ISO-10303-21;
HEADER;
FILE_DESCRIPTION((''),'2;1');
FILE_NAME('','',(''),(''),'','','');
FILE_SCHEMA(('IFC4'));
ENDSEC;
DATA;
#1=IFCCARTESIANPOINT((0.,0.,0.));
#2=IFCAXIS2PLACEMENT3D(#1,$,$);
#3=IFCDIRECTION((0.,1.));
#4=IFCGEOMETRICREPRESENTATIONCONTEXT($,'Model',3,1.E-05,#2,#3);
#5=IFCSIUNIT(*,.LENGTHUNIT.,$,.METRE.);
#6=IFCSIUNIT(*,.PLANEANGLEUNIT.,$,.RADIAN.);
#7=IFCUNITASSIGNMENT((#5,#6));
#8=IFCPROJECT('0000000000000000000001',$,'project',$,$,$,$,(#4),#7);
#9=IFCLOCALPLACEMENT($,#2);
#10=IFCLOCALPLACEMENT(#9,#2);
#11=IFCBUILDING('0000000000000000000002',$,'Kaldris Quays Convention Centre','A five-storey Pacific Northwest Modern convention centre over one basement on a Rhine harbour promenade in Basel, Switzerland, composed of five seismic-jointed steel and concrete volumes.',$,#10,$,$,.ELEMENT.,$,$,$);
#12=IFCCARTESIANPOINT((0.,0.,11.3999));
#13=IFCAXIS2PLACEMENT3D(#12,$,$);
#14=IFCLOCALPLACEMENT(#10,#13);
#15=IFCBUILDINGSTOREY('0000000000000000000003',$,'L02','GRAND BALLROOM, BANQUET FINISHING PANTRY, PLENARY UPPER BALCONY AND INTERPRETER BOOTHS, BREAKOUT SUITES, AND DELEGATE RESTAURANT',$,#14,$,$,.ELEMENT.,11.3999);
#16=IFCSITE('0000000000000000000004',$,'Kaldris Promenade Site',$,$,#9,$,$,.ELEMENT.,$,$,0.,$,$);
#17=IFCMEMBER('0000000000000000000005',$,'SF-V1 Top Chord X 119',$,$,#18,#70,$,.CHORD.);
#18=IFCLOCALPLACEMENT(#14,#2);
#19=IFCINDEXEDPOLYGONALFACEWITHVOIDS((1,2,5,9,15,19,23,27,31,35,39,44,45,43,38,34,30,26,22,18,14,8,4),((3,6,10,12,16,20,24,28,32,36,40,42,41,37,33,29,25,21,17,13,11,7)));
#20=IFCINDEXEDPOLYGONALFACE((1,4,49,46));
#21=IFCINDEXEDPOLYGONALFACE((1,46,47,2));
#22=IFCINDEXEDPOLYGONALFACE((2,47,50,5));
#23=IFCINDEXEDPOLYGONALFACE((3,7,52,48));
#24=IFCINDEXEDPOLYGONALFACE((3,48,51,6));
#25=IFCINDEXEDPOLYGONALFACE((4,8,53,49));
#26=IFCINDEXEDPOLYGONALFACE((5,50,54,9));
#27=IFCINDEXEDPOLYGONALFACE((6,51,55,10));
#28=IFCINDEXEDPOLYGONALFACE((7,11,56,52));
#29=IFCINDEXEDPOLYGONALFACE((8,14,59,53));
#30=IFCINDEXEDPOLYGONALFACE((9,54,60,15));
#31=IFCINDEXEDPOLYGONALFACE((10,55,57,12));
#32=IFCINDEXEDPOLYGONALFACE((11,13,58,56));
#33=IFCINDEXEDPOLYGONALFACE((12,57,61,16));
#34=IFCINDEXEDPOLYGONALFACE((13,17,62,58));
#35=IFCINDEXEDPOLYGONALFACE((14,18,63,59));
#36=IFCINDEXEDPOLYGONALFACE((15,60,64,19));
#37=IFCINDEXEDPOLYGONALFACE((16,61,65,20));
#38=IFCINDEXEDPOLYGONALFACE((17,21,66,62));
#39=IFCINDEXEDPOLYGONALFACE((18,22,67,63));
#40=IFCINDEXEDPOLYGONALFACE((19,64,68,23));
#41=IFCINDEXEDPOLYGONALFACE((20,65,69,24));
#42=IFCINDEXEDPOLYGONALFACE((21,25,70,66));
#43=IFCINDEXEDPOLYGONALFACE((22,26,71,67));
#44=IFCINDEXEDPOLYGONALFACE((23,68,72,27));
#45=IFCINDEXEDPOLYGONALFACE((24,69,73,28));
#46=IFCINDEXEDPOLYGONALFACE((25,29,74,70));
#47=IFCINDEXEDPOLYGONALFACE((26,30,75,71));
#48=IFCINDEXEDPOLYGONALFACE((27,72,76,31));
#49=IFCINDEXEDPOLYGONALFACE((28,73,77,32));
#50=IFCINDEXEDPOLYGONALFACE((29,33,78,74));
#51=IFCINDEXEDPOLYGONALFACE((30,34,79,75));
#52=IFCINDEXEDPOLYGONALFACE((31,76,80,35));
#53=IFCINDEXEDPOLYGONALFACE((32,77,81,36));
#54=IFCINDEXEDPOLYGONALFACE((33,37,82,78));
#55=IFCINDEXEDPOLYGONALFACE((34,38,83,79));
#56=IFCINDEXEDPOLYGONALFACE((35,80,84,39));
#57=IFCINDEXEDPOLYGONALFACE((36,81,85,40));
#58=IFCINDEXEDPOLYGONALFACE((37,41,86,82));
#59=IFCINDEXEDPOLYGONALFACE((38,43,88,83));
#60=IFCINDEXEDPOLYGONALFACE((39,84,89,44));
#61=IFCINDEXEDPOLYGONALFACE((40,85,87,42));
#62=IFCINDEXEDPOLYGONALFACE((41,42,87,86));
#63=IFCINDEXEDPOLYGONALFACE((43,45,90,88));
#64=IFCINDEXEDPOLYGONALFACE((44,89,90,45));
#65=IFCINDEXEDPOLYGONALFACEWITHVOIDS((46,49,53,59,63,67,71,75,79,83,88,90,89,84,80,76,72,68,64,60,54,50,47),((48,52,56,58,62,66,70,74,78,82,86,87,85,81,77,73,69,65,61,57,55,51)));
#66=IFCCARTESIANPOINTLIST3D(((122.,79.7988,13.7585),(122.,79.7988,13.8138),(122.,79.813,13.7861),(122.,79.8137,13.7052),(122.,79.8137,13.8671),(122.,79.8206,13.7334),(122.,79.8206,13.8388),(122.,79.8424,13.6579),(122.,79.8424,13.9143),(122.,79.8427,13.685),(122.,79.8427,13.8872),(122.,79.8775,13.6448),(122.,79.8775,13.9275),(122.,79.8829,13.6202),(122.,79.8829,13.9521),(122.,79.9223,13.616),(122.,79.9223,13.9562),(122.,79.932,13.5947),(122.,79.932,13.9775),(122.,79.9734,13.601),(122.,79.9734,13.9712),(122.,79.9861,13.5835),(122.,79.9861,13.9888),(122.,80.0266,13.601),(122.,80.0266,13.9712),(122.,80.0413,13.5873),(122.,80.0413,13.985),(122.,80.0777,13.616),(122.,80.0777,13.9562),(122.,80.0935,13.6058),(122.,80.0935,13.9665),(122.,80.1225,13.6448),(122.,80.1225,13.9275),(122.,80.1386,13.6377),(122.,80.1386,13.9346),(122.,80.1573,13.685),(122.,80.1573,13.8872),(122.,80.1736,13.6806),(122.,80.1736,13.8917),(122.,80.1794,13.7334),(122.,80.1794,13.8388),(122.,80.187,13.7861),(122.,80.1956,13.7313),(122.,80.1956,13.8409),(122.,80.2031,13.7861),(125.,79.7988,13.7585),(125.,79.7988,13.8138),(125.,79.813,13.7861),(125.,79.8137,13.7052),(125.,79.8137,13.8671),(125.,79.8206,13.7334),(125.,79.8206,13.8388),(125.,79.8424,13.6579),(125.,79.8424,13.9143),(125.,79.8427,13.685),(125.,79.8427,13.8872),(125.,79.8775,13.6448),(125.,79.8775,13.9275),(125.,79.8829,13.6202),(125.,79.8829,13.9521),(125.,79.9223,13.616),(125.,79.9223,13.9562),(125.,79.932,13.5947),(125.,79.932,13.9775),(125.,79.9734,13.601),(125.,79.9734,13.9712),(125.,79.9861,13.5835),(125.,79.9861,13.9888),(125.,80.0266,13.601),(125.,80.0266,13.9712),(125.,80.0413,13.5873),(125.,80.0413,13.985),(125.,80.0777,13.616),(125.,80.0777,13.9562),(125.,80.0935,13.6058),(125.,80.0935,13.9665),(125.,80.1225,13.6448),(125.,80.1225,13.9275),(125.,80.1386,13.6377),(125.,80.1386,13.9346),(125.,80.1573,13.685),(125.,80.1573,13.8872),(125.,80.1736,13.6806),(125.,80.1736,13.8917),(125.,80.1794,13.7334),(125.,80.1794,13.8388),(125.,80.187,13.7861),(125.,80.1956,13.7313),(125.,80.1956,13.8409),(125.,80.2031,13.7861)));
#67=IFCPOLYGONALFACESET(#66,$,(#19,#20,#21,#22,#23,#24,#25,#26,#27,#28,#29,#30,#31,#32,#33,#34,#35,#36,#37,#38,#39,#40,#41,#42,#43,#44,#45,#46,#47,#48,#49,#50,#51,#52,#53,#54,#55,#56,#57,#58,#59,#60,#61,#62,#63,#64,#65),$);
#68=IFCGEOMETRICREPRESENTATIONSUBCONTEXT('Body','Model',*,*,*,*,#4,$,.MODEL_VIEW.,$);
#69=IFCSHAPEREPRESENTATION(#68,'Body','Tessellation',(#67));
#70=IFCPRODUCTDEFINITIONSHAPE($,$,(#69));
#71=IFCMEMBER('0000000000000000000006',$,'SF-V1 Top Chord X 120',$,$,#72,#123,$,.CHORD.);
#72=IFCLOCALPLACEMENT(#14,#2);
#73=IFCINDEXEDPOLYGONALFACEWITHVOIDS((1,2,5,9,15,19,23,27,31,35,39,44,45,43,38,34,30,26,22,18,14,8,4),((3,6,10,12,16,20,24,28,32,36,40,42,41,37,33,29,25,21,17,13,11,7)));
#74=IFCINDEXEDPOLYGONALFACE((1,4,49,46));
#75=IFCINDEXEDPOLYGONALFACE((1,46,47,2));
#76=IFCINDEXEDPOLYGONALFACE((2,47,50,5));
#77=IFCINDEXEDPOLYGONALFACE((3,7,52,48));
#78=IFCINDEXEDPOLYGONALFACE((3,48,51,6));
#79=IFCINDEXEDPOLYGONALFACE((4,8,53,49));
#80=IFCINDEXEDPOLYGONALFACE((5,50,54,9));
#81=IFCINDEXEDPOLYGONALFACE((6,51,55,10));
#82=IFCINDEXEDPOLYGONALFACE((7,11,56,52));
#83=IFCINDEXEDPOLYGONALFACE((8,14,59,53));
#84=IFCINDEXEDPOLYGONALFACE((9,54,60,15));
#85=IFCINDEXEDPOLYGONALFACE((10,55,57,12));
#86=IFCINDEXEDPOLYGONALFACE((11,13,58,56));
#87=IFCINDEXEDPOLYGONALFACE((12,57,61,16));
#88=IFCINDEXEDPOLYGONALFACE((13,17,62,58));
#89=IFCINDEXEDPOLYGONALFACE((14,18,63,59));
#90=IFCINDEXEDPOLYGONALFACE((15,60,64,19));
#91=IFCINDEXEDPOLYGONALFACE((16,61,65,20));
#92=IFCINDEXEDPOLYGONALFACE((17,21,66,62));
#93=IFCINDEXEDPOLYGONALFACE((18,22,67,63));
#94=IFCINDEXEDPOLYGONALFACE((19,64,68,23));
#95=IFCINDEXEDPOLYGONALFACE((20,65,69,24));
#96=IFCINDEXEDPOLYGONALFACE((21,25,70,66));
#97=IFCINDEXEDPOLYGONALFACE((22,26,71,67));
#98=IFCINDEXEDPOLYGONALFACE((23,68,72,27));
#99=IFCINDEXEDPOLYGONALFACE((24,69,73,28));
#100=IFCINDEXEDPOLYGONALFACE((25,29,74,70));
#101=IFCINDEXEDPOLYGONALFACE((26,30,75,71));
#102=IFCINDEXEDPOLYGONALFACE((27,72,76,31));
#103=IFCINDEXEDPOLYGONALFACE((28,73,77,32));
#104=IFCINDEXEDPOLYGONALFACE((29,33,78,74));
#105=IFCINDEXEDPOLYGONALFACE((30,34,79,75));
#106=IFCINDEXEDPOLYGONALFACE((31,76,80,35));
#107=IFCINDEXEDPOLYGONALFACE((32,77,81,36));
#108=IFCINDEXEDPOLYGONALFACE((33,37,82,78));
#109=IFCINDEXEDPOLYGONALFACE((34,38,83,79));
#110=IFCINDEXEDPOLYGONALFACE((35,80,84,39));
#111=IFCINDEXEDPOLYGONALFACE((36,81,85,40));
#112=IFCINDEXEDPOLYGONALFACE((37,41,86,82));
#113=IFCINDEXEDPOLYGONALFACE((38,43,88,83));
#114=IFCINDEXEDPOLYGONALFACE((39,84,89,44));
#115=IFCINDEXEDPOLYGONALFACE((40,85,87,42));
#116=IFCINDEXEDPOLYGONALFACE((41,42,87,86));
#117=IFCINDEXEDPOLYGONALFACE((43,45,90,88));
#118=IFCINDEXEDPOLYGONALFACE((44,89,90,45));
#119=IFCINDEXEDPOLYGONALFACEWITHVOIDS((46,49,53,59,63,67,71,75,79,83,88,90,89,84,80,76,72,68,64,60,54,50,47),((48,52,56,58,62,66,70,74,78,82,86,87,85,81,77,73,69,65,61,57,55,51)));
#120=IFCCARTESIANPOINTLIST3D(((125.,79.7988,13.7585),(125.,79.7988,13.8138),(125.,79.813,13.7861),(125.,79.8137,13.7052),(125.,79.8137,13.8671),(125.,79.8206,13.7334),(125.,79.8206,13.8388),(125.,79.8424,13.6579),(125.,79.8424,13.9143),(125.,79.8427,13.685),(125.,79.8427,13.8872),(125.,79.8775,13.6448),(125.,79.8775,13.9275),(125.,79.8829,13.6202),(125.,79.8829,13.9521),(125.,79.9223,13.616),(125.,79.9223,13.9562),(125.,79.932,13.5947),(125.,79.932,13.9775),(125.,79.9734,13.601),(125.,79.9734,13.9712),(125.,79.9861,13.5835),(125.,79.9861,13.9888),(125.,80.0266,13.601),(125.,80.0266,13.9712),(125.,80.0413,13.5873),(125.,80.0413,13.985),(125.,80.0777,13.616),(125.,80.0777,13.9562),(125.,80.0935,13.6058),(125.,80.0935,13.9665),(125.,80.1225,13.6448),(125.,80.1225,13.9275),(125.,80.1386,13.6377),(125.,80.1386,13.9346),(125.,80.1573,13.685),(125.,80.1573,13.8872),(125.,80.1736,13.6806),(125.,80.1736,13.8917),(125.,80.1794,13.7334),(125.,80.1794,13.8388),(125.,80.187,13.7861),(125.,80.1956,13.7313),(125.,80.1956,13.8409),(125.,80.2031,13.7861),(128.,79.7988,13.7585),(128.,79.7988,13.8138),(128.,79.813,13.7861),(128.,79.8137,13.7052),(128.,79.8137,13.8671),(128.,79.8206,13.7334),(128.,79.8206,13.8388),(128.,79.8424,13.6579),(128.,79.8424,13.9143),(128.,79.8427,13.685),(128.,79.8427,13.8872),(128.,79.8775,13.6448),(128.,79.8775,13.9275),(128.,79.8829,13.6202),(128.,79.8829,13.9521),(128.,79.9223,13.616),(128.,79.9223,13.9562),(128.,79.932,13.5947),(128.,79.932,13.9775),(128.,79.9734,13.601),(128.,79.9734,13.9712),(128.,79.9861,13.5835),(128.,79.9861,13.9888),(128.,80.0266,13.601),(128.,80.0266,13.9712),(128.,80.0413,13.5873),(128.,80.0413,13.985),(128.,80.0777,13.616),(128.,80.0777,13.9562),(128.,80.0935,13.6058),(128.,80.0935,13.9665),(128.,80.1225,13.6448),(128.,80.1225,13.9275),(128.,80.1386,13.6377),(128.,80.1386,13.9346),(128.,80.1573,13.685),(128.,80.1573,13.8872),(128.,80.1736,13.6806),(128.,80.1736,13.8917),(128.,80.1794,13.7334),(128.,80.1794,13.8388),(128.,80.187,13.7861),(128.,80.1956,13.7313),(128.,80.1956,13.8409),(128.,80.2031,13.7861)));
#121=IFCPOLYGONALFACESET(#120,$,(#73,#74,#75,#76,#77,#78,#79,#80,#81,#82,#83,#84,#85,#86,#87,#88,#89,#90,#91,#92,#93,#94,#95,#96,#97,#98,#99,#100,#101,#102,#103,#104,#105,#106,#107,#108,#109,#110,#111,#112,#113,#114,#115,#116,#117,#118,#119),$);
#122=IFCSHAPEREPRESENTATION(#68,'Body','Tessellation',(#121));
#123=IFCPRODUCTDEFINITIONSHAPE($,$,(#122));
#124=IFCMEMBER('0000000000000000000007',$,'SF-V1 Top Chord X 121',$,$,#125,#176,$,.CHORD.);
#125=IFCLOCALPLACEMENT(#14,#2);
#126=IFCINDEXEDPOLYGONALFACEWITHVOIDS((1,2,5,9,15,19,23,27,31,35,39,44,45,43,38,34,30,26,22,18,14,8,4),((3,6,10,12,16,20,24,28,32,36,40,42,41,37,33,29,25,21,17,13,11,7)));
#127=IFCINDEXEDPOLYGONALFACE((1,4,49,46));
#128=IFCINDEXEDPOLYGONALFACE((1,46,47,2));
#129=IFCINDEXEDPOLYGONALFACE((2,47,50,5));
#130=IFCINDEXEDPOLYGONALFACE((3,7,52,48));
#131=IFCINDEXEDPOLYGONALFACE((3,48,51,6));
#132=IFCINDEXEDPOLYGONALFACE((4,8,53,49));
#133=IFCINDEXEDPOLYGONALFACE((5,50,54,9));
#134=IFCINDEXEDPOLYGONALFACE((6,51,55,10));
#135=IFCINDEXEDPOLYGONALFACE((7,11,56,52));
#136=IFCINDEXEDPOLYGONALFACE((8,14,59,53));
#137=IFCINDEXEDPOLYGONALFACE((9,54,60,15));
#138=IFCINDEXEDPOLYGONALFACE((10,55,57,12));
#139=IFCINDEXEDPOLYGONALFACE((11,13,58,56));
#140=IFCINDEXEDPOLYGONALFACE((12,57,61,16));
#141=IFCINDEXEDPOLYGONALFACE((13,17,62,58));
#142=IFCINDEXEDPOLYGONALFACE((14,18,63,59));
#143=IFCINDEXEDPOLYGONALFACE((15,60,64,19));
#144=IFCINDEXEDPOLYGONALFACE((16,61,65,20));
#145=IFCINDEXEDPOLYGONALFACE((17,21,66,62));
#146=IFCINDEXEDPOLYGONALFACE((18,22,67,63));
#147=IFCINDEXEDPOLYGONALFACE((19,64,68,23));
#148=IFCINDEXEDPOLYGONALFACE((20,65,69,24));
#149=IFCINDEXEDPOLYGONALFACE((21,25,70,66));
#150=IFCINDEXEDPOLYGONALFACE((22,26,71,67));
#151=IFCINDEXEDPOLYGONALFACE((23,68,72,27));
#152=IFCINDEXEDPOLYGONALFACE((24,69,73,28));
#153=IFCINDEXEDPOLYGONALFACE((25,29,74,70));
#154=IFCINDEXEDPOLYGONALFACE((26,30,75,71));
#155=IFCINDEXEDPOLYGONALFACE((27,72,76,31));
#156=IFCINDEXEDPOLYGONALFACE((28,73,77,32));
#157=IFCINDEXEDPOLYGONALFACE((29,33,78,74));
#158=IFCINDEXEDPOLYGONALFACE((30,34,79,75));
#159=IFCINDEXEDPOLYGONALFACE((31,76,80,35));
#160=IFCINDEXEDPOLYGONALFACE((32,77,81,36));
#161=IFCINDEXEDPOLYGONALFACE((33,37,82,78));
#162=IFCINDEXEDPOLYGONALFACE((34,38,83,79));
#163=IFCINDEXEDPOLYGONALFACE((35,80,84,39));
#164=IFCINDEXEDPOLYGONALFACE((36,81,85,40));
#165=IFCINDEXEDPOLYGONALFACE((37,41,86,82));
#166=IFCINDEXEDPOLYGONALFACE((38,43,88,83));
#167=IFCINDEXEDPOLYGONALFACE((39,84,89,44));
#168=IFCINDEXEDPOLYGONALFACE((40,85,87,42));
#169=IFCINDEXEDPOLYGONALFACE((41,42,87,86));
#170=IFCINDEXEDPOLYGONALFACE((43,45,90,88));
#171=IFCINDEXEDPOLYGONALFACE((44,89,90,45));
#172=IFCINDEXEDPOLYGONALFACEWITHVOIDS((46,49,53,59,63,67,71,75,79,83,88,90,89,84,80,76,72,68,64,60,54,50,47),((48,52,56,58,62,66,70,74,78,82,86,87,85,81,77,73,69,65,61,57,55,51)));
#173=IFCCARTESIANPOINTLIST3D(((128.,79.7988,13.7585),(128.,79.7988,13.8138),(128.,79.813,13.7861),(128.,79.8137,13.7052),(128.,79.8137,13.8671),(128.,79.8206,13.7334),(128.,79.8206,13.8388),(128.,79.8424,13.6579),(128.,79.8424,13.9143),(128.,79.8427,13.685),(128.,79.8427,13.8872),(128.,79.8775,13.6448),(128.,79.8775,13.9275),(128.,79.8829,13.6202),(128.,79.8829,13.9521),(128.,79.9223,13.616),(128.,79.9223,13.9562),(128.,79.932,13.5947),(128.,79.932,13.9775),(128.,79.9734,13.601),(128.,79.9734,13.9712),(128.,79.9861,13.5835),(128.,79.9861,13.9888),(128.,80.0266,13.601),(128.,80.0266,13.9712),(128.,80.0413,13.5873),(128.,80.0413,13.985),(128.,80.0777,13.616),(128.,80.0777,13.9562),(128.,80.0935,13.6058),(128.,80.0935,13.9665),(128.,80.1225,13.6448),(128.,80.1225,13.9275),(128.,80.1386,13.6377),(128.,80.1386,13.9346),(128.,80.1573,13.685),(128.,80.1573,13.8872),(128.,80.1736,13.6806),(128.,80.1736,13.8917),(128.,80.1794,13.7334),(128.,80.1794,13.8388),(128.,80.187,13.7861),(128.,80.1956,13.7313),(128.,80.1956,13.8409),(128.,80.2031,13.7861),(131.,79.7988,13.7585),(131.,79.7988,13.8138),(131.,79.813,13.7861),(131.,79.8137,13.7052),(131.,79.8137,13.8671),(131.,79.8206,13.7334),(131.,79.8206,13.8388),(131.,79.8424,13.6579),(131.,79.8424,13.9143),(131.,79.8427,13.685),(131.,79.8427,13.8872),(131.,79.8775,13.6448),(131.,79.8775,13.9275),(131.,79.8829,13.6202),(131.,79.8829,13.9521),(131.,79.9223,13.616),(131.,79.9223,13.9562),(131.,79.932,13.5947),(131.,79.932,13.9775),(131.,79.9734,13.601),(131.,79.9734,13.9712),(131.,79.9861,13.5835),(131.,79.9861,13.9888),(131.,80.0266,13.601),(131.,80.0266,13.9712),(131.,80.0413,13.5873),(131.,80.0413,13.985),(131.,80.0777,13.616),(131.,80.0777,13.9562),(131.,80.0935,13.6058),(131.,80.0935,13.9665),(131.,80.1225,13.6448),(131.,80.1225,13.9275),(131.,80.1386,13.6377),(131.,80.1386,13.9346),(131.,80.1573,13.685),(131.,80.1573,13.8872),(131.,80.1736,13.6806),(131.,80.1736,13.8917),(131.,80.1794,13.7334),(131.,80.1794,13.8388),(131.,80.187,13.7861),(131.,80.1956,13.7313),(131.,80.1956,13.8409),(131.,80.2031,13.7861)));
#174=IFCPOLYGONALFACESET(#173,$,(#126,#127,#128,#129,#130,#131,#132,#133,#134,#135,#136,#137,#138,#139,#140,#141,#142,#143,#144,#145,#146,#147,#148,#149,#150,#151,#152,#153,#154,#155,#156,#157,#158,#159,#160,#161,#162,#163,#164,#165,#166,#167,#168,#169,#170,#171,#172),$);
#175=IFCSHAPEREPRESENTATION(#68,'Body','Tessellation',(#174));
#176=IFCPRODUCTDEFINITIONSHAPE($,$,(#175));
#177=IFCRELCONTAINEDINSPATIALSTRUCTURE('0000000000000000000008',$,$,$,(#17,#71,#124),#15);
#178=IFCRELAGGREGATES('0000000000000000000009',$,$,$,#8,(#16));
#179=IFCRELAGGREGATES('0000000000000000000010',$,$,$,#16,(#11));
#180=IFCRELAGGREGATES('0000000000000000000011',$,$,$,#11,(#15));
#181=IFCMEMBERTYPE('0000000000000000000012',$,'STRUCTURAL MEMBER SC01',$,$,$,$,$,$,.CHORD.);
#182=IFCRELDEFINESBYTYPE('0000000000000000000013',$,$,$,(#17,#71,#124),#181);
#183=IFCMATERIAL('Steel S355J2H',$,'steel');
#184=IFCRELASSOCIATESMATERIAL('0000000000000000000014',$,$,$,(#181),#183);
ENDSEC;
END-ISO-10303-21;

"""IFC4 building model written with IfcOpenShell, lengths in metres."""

from ifc_helpers import new_model, si_unit, direction, frame, origin, origin_2d, place, context, subcontext, project, spatial, hollow_circle, extrude, material, material_profile, profile_set, type_object, element, save


model = new_model("IFC4")

# Units and contexts
model_context = context("Model", 3, precision=1e-05, world=origin(), true_north=direction((0.0, 1.0)))
body_context = subcontext(model_context, "Body", "Model", "MODEL_VIEW")
ifc_project = project(units=[si_unit("LENGTHUNIT", "METRE"), si_unit("PLANEANGLEUNIT", "RADIAN")], contexts=[model_context])

# Site, building, storey
site_placement = place(None, origin())
site = spatial("IfcSite", under=ifc_project, at=site_placement, Name="Kaldris Promenade Site", CompositionType="ELEMENT", RefElevation=0.0)
building_placement = place(site_placement, origin())
building = spatial("IfcBuilding", under=site, at=building_placement, Name="Kaldris Quays Convention Centre", Description="A five-storey Pacific Northwest Modern convention centre over one basement on a Rhine harbour promenade in Basel, Switzerland, composed of five seismic-jointed steel and concrete volumes.", CompositionType="ELEMENT")
storey_placement = place(building_placement, frame((0.0, 0.0, 11.3999)))
storey = spatial("IfcBuildingStorey", under=building, at=storey_placement, Name="L02", Description="GRAND BALLROOM, BANQUET FINISHING PANTRY, PLENARY UPPER BALCONY AND INTERPRETER BOOTHS, BREAKOUT SUITES, AND DELEGATE RESTAURANT", CompositionType="ELEMENT", Elevation=11.3999)

# Members
ifc_material_1 = material(Name="Steel S355J2H", Category="steel")
ifc_material_profile_1 = material_profile(ifc_material_1, hollow_circle(Radius=0.2031, WallThickness=0.0161, at=origin_2d()), Name="CHS 406.4x16")
ifc_profile_set_1 = profile_set([ifc_material_profile_1], Name="Steel S355J2H")
member_type_1 = type_object("IfcMemberType", Name="STRUCTURAL MEMBER SC01", PredefinedType="CHORD", material=ifc_profile_set_1)
for number, where, z_axis, x_axis, name in (
    (1, (122.0, 80.0, 13.7861), (1.0, 0.0, 0.0), (0.0, 1.0, 0.0), "SF-V1 Top Chord X 119"),
    (2, (125.0, 80.0, 13.7861), (1.0, 0.0, 0.0), (0.0, 1.0, 0.0), "SF-V1 Top Chord X 120"),
    (3, (128.0, 80.0, 13.7861), (1.0, 0.0, 0.0), (0.0, 1.0, 0.0), "SF-V1 Top Chord X 121"),
):
    element("IfcMember", number, at=place(storey_placement, frame(where, z_axis=z_axis, x_axis=x_axis)), inside=storey, type_object=member_type_1, Name=name, PredefinedType="CHORD", context=body_context, shape_type="SweptSolid", body=[
        extrude(hollow_circle(Radius=0.2031, WallThickness=0.0161, at=origin_2d()), origin(), (0.0, 0.0, 1.0), 3.0),
    ])

save(model, "model.ifc")
